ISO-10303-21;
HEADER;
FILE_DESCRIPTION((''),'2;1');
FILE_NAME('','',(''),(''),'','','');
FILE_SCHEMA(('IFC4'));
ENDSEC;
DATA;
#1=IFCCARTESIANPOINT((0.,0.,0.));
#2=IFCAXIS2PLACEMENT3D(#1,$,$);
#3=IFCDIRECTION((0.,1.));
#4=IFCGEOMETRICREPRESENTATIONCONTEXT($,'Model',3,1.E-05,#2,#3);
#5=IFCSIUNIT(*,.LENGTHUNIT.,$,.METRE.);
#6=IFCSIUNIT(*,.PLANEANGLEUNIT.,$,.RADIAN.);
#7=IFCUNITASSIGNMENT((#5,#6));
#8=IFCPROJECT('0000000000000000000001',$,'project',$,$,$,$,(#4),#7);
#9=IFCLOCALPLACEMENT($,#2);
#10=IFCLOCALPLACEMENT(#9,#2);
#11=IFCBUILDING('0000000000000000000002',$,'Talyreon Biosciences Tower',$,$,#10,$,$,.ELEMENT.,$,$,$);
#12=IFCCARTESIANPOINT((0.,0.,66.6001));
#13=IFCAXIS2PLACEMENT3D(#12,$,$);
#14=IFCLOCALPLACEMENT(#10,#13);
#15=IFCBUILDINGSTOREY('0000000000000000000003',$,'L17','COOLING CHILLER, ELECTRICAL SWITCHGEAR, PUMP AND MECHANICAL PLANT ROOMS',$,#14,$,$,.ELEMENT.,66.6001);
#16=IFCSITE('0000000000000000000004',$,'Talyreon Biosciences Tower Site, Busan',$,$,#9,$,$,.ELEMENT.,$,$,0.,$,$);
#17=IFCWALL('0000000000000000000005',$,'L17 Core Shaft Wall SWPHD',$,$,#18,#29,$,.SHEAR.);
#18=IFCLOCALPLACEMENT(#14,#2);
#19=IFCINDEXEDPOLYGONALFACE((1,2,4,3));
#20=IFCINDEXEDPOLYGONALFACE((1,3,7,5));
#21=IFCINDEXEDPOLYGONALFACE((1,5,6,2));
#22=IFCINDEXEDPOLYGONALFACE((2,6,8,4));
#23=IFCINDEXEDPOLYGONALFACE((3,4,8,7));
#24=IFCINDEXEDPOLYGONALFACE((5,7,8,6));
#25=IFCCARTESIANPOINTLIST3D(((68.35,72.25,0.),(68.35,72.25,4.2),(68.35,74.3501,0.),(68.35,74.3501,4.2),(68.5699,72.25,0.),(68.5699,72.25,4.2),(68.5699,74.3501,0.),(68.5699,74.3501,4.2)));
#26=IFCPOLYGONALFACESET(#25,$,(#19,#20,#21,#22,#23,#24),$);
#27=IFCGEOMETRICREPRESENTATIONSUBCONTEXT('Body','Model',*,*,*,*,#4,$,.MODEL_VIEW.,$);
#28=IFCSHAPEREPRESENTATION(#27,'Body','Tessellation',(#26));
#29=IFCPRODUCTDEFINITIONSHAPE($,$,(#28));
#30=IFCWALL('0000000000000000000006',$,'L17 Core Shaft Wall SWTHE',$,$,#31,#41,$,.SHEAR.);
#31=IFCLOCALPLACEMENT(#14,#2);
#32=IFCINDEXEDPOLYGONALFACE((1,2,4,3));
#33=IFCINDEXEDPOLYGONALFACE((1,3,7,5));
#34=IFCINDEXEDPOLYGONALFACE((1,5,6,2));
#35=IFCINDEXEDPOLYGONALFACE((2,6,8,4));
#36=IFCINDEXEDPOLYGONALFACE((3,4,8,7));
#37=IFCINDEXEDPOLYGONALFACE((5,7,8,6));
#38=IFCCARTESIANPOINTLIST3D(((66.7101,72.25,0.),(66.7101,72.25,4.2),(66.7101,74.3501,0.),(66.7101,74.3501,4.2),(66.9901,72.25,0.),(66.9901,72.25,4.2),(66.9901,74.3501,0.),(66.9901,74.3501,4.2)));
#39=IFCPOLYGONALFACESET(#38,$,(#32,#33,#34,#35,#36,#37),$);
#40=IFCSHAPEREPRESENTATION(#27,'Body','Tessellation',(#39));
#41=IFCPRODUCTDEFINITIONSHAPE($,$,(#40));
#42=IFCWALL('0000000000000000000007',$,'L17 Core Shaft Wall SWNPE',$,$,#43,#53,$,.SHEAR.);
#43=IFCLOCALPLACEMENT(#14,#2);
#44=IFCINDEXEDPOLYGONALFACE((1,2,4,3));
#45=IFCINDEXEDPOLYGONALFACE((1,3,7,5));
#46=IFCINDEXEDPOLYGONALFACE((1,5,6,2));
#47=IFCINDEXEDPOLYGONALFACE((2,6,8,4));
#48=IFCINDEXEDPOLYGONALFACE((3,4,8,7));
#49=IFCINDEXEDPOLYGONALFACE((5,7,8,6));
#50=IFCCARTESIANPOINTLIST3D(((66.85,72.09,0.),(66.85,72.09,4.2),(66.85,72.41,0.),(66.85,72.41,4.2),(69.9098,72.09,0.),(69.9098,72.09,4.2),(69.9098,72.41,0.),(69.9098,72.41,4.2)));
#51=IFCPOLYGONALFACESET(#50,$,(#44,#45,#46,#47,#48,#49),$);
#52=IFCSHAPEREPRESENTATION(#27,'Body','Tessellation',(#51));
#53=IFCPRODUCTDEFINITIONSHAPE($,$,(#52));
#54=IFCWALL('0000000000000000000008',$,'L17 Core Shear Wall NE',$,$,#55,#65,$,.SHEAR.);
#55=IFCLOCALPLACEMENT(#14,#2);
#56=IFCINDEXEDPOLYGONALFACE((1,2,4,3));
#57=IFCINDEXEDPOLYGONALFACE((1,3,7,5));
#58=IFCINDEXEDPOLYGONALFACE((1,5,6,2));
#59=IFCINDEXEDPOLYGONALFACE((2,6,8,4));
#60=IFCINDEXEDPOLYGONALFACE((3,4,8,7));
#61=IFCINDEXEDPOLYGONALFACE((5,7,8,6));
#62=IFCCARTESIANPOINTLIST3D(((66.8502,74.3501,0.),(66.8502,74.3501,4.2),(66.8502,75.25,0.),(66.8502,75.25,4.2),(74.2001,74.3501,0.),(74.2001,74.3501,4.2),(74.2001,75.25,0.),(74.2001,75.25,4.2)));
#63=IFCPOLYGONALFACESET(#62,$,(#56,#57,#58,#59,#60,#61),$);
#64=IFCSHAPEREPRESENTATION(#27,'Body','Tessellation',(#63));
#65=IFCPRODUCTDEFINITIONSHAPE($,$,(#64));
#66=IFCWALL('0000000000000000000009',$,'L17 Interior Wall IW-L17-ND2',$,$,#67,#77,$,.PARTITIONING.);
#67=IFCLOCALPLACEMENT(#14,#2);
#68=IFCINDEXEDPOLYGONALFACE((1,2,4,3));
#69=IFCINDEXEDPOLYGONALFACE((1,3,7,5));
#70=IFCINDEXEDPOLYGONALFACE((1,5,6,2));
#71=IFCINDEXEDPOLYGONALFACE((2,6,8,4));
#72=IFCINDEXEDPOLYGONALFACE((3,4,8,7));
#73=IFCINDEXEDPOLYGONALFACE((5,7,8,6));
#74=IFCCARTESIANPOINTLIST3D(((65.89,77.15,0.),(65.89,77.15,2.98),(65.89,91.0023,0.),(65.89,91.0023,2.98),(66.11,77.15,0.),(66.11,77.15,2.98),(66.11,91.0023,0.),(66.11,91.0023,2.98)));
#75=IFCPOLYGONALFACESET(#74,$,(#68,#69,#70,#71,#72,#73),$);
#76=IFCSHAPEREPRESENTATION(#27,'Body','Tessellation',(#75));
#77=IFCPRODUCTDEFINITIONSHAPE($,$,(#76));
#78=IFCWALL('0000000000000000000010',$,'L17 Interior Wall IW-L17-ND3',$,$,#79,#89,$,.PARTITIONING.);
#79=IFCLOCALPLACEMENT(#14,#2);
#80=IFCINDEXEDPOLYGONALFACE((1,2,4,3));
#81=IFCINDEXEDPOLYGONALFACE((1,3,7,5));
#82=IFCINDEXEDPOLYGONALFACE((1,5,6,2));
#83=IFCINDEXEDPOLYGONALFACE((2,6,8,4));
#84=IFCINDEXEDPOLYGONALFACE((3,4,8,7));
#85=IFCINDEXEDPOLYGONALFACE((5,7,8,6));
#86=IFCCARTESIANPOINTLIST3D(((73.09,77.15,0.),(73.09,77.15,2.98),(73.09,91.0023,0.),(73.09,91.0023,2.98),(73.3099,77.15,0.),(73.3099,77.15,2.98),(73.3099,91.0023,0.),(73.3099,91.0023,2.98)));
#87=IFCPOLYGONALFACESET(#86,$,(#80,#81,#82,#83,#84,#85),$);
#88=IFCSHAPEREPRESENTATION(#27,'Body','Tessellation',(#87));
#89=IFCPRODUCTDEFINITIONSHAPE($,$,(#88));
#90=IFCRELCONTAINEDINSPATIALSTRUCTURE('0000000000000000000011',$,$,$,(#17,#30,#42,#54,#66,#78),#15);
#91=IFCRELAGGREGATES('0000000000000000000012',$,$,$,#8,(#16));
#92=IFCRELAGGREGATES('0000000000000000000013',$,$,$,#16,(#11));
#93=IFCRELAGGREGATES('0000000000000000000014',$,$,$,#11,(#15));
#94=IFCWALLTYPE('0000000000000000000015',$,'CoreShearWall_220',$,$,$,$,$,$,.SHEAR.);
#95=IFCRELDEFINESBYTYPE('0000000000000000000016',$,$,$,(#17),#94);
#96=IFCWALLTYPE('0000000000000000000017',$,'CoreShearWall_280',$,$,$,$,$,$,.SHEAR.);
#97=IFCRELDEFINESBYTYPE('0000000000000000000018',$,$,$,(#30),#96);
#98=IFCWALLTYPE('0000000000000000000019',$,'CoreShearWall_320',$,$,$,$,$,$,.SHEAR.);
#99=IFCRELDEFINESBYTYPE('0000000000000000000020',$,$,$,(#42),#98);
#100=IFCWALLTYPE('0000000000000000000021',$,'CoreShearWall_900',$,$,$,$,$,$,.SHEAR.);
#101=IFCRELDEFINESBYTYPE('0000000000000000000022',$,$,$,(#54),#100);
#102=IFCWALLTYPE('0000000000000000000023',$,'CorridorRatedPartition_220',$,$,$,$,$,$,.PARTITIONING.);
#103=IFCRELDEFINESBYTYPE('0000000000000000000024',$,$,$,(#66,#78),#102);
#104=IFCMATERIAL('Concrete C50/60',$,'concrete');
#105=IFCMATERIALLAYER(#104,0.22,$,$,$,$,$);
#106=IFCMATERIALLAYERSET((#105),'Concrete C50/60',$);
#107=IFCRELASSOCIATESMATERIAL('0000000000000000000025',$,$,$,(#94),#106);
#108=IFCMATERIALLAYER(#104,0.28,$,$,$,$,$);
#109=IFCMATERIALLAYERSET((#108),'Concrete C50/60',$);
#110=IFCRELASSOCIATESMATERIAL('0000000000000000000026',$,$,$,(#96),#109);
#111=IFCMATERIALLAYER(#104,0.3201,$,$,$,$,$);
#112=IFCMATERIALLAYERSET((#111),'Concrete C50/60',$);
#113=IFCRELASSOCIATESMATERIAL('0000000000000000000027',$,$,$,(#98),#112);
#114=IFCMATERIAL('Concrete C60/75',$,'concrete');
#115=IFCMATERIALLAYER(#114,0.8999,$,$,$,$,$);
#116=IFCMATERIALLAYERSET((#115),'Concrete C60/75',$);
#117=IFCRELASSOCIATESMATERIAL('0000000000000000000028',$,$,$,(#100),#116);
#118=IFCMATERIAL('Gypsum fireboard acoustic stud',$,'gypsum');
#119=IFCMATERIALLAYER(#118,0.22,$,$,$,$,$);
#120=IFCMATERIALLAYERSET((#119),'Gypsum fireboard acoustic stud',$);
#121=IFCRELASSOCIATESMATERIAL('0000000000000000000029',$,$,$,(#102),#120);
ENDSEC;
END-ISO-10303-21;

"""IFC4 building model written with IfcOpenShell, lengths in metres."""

from ifc_helpers import new_model, si_unit, direction, frame, frame_2d, origin, place, context, subcontext, project, spatial, rectangle, extrude, material, layer, layer_set, type_object, element, save


model = new_model("IFC4")

# Units and contexts
model_context = context("Model", 3, precision=1e-05, world=origin(), true_north=direction((0.0, 1.0)))
body_context = subcontext(model_context, "Body", "Model", "MODEL_VIEW")
ifc_project = project(units=[si_unit("LENGTHUNIT", "METRE"), si_unit("PLANEANGLEUNIT", "RADIAN")], contexts=[model_context])

# Site, building, storey
site_placement = place(None, origin())
site = spatial("IfcSite", under=ifc_project, at=site_placement, Name="Talyreon Biosciences Tower Site, Busan", CompositionType="ELEMENT", RefElevation=0.0)
building_placement = place(site_placement, origin())
building = spatial("IfcBuilding", under=site, at=building_placement, Name="Talyreon Biosciences Tower", CompositionType="ELEMENT")
storey_placement = place(building_placement, frame((0.0, 0.0, 66.6001)))
storey = spatial("IfcBuildingStorey", under=building, at=storey_placement, Name="L17", Description="COOLING CHILLER, ELECTRICAL SWITCHGEAR, PUMP AND MECHANICAL PLANT ROOMS", CompositionType="ELEMENT", Elevation=66.6001)

# Shared definitions
ifc_material_1 = material(Name="Concrete C60/75", Category="concrete")

# Walls
ifc_material_2 = material(Name="Concrete C50/60", Category="concrete")
ifc_layer_1 = layer(ifc_material_2, 0.22)
ifc_layer_set_1 = layer_set([ifc_layer_1], Name="Concrete C50/60")
wall_type_1 = type_object("IfcWallType", Name="CoreShearWall_220", PredefinedType="SHEAR", material=ifc_layer_set_1)
wall_1_placement = place(storey_placement, frame((68.46, 72.25, 0.0), z_axis=(0.0, 0.0, 1.0), x_axis=(0.0, 1.0, 0.0)))
element("IfcWall", 1, at=wall_1_placement, inside=storey, type_object=wall_type_1, Name="L17 Core Shaft Wall SWPHD", PredefinedType="SHEAR", context=body_context, shape_type="SweptSolid", body=[
    extrude(rectangle(XDim=2.1001, YDim=0.22, at=frame_2d((1.05, 0.0))), origin(), (0.0, 0.0, 1.0), 4.2),
])
ifc_layer_2 = layer(ifc_material_2, 0.28)
ifc_layer_set_2 = layer_set([ifc_layer_2], Name="Concrete C50/60")
wall_type_2 = type_object("IfcWallType", Name="CoreShearWall_280", PredefinedType="SHEAR", material=ifc_layer_set_2)
wall_2_placement = place(storey_placement, frame((66.8501, 72.25, 0.0), z_axis=(0.0, 0.0, 1.0), x_axis=(0.0, 1.0, 0.0)))
element("IfcWall", 2, at=wall_2_placement, inside=storey, type_object=wall_type_2, Name="L17 Core Shaft Wall SWTHE", PredefinedType="SHEAR", context=body_context, shape_type="SweptSolid", body=[
    extrude(rectangle(XDim=2.1001, YDim=0.28, at=frame_2d((1.05, 0.0))), origin(), (0.0, 0.0, 1.0), 4.2),
])
ifc_layer_3 = layer(ifc_material_2, 0.3201)
ifc_layer_set_3 = layer_set([ifc_layer_3], Name="Concrete C50/60")
wall_type_3 = type_object("IfcWallType", Name="CoreShearWall_320", PredefinedType="SHEAR", material=ifc_layer_set_3)
wall_3_placement = place(storey_placement, frame((66.8501, 72.25, 0.0), z_axis=(0.0, 0.0, 1.0), x_axis=(1.0, 0.0, 0.0)))
element("IfcWall", 3, at=wall_3_placement, inside=storey, type_object=wall_type_3, Name="L17 Core Shaft Wall SWNPE", PredefinedType="SHEAR", context=body_context, shape_type="SweptSolid", body=[
    extrude(rectangle(XDim=3.0598, YDim=0.3201, at=frame_2d((1.5298, 0.0))), origin(), (0.0, 0.0, 1.0), 4.2),
])
ifc_layer_4 = layer(ifc_material_1, 0.8999)
ifc_layer_set_4 = layer_set([ifc_layer_4], Name="Concrete C60/75")
wall_type_4 = type_object("IfcWallType", Name="CoreShearWall_900", PredefinedType="SHEAR", material=ifc_layer_set_4)
wall_4_placement = place(storey_placement, frame((74.2, 74.8, 0.0), z_axis=(0.0, 0.0, 1.0), x_axis=(-1.0, 0.0, 0.0)))
element("IfcWall", 4, at=wall_4_placement, inside=storey, type_object=wall_type_4, Name="L17 Core Shear Wall NE", PredefinedType="SHEAR", context=body_context, shape_type="SweptSolid", body=[
    extrude(rectangle(XDim=7.3499, YDim=0.8999, at=frame_2d((3.6748, 0.0))), origin(), (0.0, 0.0, 1.0), 4.2),
])
ifc_material_3 = material(Name="Gypsum fireboard acoustic stud", Category="gypsum")
ifc_layer_5 = layer(ifc_material_3, 0.22)
ifc_layer_set_5 = layer_set([ifc_layer_5], Name="Gypsum fireboard acoustic stud")
wall_type_5 = type_object("IfcWallType", Name="CorridorRatedPartition_220", PredefinedType="PARTITIONING", material=ifc_layer_set_5)
for number, where, z_axis, x_axis, name in (
    (5, (66.0, 77.1499, 0.0), (0.0, 0.0, 1.0), (0.0, 1.0, 0.0), "L17 Interior Wall IW-L17-ND2"),
    (6, (73.2, 77.1499, 0.0), (0.0, 0.0, 1.0), (0.0, 1.0, 0.0), "L17 Interior Wall IW-L17-ND3"),
):
    element("IfcWall", number, at=place(storey_placement, frame(where, z_axis=z_axis, x_axis=x_axis)), inside=storey, type_object=wall_type_5, Name=name, PredefinedType="PARTITIONING", context=body_context, shape_type="SweptSolid", body=[
        extrude(rectangle(XDim=13.8523, YDim=0.22, at=frame_2d((6.9263, 0.0))), origin(), (0.0, 0.0, 1.0), 2.98),
    ])

save(model, "model.ifc")
